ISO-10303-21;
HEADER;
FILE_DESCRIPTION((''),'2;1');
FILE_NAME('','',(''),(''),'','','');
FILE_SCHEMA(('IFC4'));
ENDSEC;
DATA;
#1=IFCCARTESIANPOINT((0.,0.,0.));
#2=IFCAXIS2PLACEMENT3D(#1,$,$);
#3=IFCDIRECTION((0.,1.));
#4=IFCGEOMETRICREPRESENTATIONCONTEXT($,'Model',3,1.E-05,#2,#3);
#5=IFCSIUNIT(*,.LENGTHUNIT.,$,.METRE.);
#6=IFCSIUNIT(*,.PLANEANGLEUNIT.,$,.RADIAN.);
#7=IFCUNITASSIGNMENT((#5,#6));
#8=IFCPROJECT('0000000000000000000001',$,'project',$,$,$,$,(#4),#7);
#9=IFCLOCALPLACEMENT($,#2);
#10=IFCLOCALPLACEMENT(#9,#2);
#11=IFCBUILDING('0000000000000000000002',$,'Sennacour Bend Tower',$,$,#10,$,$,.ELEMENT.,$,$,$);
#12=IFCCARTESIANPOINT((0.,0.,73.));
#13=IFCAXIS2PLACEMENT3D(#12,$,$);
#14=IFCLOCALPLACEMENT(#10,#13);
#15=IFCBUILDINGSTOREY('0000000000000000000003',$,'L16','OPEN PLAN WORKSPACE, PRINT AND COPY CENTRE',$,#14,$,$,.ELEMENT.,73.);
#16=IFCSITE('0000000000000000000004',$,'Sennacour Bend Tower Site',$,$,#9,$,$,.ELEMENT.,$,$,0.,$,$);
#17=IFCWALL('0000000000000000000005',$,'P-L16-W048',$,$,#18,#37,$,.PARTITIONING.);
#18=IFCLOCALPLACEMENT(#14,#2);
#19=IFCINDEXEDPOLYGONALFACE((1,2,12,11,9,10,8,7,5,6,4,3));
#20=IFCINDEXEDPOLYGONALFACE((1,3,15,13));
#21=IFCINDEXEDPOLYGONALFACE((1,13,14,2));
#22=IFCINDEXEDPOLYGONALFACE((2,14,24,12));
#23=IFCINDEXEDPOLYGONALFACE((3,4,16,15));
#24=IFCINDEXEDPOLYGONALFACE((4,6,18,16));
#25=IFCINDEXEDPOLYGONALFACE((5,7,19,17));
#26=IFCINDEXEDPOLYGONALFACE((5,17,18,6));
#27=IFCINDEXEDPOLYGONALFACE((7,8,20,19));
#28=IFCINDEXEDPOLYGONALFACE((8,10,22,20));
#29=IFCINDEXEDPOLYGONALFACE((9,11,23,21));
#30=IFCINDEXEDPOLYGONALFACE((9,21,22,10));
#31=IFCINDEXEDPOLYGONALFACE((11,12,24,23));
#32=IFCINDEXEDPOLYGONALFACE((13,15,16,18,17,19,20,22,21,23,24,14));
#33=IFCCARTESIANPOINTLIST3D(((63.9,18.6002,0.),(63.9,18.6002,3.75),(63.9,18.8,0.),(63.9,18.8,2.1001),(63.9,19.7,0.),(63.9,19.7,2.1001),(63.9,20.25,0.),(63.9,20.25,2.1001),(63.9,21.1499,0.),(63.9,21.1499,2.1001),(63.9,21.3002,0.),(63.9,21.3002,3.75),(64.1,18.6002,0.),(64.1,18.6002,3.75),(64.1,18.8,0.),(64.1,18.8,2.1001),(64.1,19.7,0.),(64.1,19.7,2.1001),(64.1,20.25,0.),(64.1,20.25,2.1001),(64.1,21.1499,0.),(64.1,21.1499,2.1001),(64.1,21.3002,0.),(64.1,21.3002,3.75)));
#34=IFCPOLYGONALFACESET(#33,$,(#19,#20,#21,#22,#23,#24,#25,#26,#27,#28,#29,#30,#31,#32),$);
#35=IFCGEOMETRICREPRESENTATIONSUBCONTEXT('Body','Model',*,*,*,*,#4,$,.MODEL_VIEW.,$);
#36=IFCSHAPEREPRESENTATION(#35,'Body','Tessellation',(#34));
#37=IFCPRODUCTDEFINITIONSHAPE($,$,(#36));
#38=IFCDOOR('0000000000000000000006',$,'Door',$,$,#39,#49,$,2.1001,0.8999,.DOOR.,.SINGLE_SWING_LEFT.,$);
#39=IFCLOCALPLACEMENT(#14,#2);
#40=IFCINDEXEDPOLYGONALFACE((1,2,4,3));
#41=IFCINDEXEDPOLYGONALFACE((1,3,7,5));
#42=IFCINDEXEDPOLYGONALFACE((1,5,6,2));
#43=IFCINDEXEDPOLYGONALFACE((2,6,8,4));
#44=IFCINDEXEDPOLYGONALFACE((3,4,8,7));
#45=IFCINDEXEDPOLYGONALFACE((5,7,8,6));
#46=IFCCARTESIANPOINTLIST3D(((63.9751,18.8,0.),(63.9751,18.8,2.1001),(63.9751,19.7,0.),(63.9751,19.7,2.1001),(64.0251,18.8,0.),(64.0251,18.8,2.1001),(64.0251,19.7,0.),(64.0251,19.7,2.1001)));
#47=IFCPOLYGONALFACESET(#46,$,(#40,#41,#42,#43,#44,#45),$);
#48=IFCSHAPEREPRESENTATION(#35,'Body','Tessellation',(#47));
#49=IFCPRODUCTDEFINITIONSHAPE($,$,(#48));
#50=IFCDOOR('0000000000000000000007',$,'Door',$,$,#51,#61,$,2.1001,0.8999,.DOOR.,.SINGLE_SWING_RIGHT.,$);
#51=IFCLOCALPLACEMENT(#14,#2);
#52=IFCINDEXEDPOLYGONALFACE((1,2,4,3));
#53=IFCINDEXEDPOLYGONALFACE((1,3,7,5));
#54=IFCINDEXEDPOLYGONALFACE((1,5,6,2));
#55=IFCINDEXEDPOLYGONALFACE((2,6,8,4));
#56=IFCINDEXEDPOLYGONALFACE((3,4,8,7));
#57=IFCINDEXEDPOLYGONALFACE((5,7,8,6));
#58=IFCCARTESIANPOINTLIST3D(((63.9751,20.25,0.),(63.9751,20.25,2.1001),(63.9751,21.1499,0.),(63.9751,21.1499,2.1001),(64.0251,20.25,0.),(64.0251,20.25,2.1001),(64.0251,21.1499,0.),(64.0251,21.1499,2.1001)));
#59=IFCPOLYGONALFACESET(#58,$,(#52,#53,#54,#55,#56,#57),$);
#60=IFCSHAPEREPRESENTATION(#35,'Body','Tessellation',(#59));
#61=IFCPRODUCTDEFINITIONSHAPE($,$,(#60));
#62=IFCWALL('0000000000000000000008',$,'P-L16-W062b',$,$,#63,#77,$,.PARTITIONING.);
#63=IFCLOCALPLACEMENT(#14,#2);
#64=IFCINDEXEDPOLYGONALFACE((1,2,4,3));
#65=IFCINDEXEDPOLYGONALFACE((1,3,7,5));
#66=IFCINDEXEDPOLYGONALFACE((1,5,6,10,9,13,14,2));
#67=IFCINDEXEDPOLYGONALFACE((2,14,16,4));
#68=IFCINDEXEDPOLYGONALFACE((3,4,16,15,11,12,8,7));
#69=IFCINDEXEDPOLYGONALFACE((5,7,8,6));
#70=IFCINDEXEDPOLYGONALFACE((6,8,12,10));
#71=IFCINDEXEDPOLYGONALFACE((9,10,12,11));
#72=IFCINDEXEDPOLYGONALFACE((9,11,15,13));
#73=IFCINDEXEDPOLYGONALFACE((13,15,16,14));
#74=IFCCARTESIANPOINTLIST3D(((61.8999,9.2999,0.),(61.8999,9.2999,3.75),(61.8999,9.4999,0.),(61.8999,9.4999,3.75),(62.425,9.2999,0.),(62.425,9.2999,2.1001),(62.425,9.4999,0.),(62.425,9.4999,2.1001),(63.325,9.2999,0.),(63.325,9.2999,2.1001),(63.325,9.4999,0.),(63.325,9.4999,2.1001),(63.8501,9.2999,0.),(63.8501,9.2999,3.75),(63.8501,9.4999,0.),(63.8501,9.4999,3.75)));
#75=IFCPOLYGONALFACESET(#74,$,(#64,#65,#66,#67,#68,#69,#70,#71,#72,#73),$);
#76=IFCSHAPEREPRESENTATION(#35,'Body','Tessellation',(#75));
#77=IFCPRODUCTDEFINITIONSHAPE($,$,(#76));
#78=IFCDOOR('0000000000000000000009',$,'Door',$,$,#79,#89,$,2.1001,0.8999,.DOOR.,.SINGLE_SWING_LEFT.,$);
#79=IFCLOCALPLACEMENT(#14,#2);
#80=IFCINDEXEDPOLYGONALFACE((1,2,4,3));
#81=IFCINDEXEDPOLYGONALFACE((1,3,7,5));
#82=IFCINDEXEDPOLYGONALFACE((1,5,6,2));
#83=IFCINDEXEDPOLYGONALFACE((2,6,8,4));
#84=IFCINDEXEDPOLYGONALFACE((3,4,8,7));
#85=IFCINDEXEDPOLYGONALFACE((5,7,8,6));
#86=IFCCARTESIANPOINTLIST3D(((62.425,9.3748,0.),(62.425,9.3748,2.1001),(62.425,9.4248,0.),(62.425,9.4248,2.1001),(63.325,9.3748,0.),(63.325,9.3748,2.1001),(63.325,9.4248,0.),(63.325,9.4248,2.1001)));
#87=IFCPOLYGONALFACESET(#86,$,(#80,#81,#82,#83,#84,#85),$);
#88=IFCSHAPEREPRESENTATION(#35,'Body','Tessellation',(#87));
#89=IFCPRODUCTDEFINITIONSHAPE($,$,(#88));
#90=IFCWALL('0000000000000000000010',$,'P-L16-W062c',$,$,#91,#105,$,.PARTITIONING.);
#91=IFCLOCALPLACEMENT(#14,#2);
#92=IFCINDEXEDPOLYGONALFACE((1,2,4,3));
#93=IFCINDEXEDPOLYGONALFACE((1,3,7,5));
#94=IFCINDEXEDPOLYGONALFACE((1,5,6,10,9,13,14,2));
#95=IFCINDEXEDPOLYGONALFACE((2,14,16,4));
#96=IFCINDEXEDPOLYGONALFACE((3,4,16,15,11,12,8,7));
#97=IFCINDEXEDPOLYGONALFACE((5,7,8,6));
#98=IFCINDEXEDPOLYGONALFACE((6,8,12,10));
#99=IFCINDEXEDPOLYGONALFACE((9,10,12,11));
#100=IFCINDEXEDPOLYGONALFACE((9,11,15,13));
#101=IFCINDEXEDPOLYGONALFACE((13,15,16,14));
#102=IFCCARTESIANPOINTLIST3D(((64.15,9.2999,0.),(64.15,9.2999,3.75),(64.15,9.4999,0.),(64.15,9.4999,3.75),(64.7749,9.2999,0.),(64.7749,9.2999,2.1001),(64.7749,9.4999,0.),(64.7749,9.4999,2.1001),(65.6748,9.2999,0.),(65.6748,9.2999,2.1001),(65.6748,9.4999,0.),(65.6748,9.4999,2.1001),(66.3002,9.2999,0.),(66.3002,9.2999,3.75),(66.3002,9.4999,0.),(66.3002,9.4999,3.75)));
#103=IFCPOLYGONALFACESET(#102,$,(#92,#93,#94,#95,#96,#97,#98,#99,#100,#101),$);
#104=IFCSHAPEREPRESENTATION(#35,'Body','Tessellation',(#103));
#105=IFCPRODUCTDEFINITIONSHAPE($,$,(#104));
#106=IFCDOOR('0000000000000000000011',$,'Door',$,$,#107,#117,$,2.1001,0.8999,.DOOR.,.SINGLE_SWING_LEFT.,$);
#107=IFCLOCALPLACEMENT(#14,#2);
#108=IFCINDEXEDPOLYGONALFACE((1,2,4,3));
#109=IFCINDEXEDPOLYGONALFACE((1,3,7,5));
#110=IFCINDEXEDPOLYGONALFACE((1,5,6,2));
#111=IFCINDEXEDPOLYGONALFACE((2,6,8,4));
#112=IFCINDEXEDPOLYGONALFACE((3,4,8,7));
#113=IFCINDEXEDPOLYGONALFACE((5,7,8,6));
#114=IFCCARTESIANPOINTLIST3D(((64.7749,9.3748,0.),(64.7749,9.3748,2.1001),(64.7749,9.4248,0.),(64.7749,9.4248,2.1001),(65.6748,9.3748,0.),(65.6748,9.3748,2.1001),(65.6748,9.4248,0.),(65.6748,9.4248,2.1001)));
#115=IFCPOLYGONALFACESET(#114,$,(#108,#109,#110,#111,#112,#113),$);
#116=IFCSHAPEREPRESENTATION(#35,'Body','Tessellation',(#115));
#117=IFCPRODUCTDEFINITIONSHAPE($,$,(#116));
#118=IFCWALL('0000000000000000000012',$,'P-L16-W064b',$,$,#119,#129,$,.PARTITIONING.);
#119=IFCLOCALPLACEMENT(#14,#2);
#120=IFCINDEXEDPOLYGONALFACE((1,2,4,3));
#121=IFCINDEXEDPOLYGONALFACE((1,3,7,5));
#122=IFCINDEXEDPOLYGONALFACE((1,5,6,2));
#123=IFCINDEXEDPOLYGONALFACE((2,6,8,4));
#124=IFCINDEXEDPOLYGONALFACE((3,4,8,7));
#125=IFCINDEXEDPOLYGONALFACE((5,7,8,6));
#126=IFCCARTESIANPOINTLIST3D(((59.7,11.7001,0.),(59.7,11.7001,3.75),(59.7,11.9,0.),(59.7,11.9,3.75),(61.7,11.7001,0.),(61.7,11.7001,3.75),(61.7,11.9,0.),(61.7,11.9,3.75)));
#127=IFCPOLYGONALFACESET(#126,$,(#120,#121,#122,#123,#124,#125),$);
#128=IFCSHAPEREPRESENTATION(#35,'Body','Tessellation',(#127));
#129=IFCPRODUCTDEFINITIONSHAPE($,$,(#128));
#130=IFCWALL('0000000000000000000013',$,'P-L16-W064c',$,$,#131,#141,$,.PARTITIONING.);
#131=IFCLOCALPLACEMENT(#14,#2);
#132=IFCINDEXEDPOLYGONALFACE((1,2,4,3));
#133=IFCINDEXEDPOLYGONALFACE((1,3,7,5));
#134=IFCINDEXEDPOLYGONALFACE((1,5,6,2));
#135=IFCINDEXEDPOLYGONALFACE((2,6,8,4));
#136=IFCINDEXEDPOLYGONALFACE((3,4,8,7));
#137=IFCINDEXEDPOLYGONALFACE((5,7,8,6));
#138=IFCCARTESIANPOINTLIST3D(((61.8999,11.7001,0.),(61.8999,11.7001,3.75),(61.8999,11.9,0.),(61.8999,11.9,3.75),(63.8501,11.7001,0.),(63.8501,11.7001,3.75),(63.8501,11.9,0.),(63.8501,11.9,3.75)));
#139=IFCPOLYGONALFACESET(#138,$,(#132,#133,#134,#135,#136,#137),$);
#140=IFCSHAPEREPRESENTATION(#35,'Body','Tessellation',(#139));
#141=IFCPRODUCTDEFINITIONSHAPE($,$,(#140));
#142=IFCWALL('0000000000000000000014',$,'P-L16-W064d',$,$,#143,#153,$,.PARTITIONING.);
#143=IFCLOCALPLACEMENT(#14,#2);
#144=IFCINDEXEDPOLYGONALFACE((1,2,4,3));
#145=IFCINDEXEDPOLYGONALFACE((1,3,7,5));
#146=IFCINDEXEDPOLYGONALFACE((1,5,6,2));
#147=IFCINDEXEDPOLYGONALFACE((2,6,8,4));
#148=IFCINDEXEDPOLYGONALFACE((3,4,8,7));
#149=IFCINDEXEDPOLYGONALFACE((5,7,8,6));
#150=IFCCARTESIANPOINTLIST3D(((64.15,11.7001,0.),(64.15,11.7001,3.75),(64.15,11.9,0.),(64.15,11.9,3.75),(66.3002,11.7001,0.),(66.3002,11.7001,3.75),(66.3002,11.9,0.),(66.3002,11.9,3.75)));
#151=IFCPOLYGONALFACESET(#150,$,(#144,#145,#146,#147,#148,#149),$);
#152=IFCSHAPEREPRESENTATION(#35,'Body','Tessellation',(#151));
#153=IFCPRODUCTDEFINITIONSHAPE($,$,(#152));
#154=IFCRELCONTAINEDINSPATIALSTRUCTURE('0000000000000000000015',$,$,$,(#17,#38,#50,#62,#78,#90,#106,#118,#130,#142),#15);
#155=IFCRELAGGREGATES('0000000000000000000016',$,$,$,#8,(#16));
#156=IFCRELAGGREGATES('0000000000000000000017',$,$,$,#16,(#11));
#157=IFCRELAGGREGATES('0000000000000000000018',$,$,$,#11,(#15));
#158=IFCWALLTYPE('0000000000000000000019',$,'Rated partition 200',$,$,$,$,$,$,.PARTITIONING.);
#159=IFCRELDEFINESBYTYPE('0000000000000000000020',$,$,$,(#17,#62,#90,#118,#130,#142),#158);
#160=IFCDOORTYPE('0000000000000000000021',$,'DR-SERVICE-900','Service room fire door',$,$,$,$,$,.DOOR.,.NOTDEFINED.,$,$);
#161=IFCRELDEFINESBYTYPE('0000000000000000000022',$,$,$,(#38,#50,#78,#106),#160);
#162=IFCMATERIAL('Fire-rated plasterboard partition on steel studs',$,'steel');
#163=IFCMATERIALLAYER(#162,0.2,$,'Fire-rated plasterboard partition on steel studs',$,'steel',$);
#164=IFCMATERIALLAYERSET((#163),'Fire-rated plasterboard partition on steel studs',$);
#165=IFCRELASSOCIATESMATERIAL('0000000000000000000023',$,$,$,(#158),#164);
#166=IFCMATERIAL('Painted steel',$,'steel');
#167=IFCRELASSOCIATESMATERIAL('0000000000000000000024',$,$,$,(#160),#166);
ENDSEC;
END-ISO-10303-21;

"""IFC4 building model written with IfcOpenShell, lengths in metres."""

from ifc_helpers import new_model, si_unit, direction, frame, frame_2d, origin, place, context, subcontext, project, spatial, rectangle, extrude, material, layer, layer_set, type_object, element, fill, save


model = new_model("IFC4")

# Units and contexts
model_context = context("Model", 3, precision=1e-05, world=origin(), true_north=direction((0.0, 1.0)))
body_context = subcontext(model_context, "Body", "Model", "MODEL_VIEW")
ifc_project = project(units=[si_unit("LENGTHUNIT", "METRE"), si_unit("PLANEANGLEUNIT", "RADIAN")], contexts=[model_context])

# Site, building, storey
site_placement = place(None, origin())
site = spatial("IfcSite", under=ifc_project, at=site_placement, Name="Sennacour Bend Tower Site", CompositionType="ELEMENT", RefElevation=0.0)
building_placement = place(site_placement, origin())
building = spatial("IfcBuilding", under=site, at=building_placement, Name="Sennacour Bend Tower", CompositionType="ELEMENT")
storey_placement = place(building_placement, frame((0.0, 0.0, 73.0)))
storey = spatial("IfcBuildingStorey", under=building, at=storey_placement, Name="L16", Description="OPEN PLAN WORKSPACE, PRINT AND COPY CENTRE", CompositionType="ELEMENT", Elevation=73.0)

# Wall, openings, doors
ifc_material_1 = material(Name="Fire-rated plasterboard partition on steel studs", Category="steel")
ifc_layer_1 = layer(ifc_material_1, 0.2, Name="Fire-rated plasterboard partition on steel studs", Category="steel")
ifc_layer_set_1 = layer_set([ifc_layer_1], Name="Fire-rated plasterboard partition on steel studs")
wall_type_1 = type_object("IfcWallType", Name="Rated partition 200", PredefinedType="PARTITIONING", material=ifc_layer_set_1)
wall_1_placement = place(storey_placement, frame((64.0, 18.6001, 0.0), z_axis=(0.0, 0.0, 1.0), x_axis=(0.0, 1.0, 0.0)))
wall_1 = element("IfcWall", 1, at=wall_1_placement, inside=storey, type_object=wall_type_1, Name="P-L16-W048", PredefinedType="PARTITIONING", context=body_context, shape_type="SweptSolid", body=[
    extrude(rectangle(XDim=2.7, YDim=0.2, at=frame_2d((1.3501, 0.0))), origin(), (0.0, 0.0, 1.0), 3.75),
])
opening_1_placement = place(wall_1_placement, frame((0.2, 0.0, 0.0)))
opening_1 = element("IfcOpeningElement", 2, at=opening_1_placement, cuts=wall_1, PredefinedType="OPENING", context=body_context, shape_type="SweptSolid", body=[
    extrude(rectangle(XDim=0.8999, YDim=2.1001, at=frame_2d((0.45, 1.05))), frame((0.0, 0.1099, 0.0), z_axis=(0.0, -1.0, 0.0), x_axis=(1.0, 0.0, 0.0)), (0.0, 0.0, 1.0), 0.22),
])
opening_2_placement = place(wall_1_placement, frame((1.6499, 0.0, 0.0)))
opening_2 = element("IfcOpeningElement", 3, at=opening_2_placement, cuts=wall_1, PredefinedType="OPENING", context=body_context, shape_type="SweptSolid", body=[
    extrude(rectangle(XDim=0.8999, YDim=2.1001, at=frame_2d((0.45, 1.05))), frame((0.0, 0.1099, 0.0), z_axis=(0.0, -1.0, 0.0), x_axis=(1.0, 0.0, 0.0)), (0.0, 0.0, 1.0), 0.22),
])
ifc_material_2 = material(Name="Painted steel", Category="steel")
door_type_1 = type_object("IfcDoorType", Name="DR-SERVICE-900", Description="Service room fire door", OperationType="NOTDEFINED", PredefinedType="DOOR", material=ifc_material_2)
door_1_placement = place(opening_1_placement, origin())
door_1 = element("IfcDoor", 4, at=door_1_placement, inside=storey, type_object=door_type_1, Name="Door", OperationType="SINGLE_SWING_LEFT", OverallHeight=2.1001, OverallWidth=0.8999, PredefinedType="DOOR", context=body_context, shape_type="SweptSolid", body=[
    extrude(rectangle(XDim=0.8999, YDim=2.1001, at=frame_2d((0.45, 1.05))), frame((0.0, 0.0249, 0.0), z_axis=(0.0, -1.0, 0.0), x_axis=(1.0, 0.0, 0.0)), (0.0, 0.0, 1.0), 0.05),
])
fill(opening_1, door_1)
door_2_placement = place(opening_2_placement, origin())
door_2 = element("IfcDoor", 5, at=door_2_placement, inside=storey, type_object=door_type_1, Name="Door", OperationType="SINGLE_SWING_RIGHT", OverallHeight=2.1001, OverallWidth=0.8999, PredefinedType="DOOR", context=body_context, shape_type="SweptSolid", body=[
    extrude(rectangle(XDim=0.8999, YDim=2.1001, at=frame_2d((0.45, 1.05))), frame((0.0, 0.0249, 0.0), z_axis=(0.0, -1.0, 0.0), x_axis=(1.0, 0.0, 0.0)), (0.0, 0.0, 1.0), 0.05),
])
fill(opening_2, door_2)

# Walls, openings, doors
wall_2_placement = place(storey_placement, frame((61.8999, 9.3999, 0.0), z_axis=(0.0, 0.0, 1.0), x_axis=(1.0, 0.0, 0.0)))
wall_2 = element("IfcWall", 6, at=wall_2_placement, inside=storey, type_object=wall_type_1, Name="P-L16-W062b", PredefinedType="PARTITIONING", context=body_context, shape_type="SweptSolid", body=[
    extrude(rectangle(XDim=1.9502, YDim=0.2, at=frame_2d((0.9751, 0.0))), origin(), (0.0, 0.0, 1.0), 3.75),
])
opening_3_placement = place(wall_2_placement, frame((0.5251, 0.0, 0.0)))
opening_3 = element("IfcOpeningElement", 7, at=opening_3_placement, cuts=wall_2, PredefinedType="OPENING", context=body_context, shape_type="SweptSolid", body=[
    extrude(rectangle(XDim=0.8999, YDim=2.1001, at=frame_2d((0.45, 1.05))), frame((0.0, 0.1099, 0.0), z_axis=(0.0, -1.0, 0.0), x_axis=(1.0, 0.0, 0.0)), (0.0, 0.0, 1.0), 0.22),
])
door_3_placement = place(opening_3_placement, origin())
door_3 = element("IfcDoor", 8, at=door_3_placement, inside=storey, type_object=door_type_1, Name="Door", OperationType="SINGLE_SWING_LEFT", OverallHeight=2.1001, OverallWidth=0.8999, PredefinedType="DOOR", context=body_context, shape_type="SweptSolid", body=[
    extrude(rectangle(XDim=0.8999, YDim=2.1001, at=frame_2d((0.45, 1.05))), frame((0.0, 0.0249, 0.0), z_axis=(0.0, -1.0, 0.0), x_axis=(1.0, 0.0, 0.0)), (0.0, 0.0, 1.0), 0.05),
])
fill(opening_3, door_3)
wall_3_placement = place(storey_placement, frame((64.1499, 9.3999, 0.0), z_axis=(0.0, 0.0, 1.0), x_axis=(1.0, 0.0, 0.0)))
wall_3 = element("IfcWall", 9, at=wall_3_placement, inside=storey, type_object=wall_type_1, Name="P-L16-W062c", PredefinedType="PARTITIONING", context=body_context, shape_type="SweptSolid", body=[
    extrude(rectangle(XDim=2.1501, YDim=0.2, at=frame_2d((1.0752, 0.0))), origin(), (0.0, 0.0, 1.0), 3.75),
])
opening_4_placement = place(wall_3_placement, frame((0.625, 0.0, 0.0)))
opening_4 = element("IfcOpeningElement", 10, at=opening_4_placement, cuts=wall_3, PredefinedType="OPENING", context=body_context, shape_type="SweptSolid", body=[
    extrude(rectangle(XDim=0.8999, YDim=2.1001, at=frame_2d((0.45, 1.05))), frame((0.0, 0.1099, 0.0), z_axis=(0.0, -1.0, 0.0), x_axis=(1.0, 0.0, 0.0)), (0.0, 0.0, 1.0), 0.22),
])
door_4_placement = place(opening_4_placement, origin())
door_4 = element("IfcDoor", 11, at=door_4_placement, inside=storey, type_object=door_type_1, Name="Door", OperationType="SINGLE_SWING_LEFT", OverallHeight=2.1001, OverallWidth=0.8999, PredefinedType="DOOR", context=body_context, shape_type="SweptSolid", body=[
    extrude(rectangle(XDim=0.8999, YDim=2.1001, at=frame_2d((0.45, 1.05))), frame((0.0, 0.0249, 0.0), z_axis=(0.0, -1.0, 0.0), x_axis=(1.0, 0.0, 0.0)), (0.0, 0.0, 1.0), 0.05),
])
fill(opening_4, door_4)

# Walls
wall_4_placement = place(storey_placement, frame((59.7, 11.8, 0.0), z_axis=(0.0, 0.0, 1.0), x_axis=(1.0, 0.0, 0.0)))
element("IfcWall", 12, at=wall_4_placement, inside=storey, type_object=wall_type_1, Name="P-L16-W064b", PredefinedType="PARTITIONING", context=body_context, shape_type="SweptSolid", body=[
    extrude(rectangle(XDim=2.0, YDim=0.2, at=frame_2d((1.0, 0.0))), origin(), (0.0, 0.0, 1.0), 3.75),
])
wall_5_placement = place(storey_placement, frame((61.8999, 11.8, 0.0), z_axis=(0.0, 0.0, 1.0), x_axis=(1.0, 0.0, 0.0)))
element("IfcWall", 13, at=wall_5_placement, inside=storey, type_object=wall_type_1, Name="P-L16-W064c", PredefinedType="PARTITIONING", context=body_context, shape_type="SweptSolid", body=[
    extrude(rectangle(XDim=1.9502, YDim=0.2, at=frame_2d((0.9751, 0.0))), origin(), (0.0, 0.0, 1.0), 3.75),
])
wall_6_placement = place(storey_placement, frame((64.1499, 11.8, 0.0), z_axis=(0.0, 0.0, 1.0), x_axis=(1.0, 0.0, 0.0)))
element("IfcWall", 14, at=wall_6_placement, inside=storey, type_object=wall_type_1, Name="P-L16-W064d", PredefinedType="PARTITIONING", context=body_context, shape_type="SweptSolid", body=[
    extrude(rectangle(XDim=2.1501, YDim=0.2, at=frame_2d((1.0752, 0.0))), origin(), (0.0, 0.0, 1.0), 3.75),
])

save(model, "model.ifc")
